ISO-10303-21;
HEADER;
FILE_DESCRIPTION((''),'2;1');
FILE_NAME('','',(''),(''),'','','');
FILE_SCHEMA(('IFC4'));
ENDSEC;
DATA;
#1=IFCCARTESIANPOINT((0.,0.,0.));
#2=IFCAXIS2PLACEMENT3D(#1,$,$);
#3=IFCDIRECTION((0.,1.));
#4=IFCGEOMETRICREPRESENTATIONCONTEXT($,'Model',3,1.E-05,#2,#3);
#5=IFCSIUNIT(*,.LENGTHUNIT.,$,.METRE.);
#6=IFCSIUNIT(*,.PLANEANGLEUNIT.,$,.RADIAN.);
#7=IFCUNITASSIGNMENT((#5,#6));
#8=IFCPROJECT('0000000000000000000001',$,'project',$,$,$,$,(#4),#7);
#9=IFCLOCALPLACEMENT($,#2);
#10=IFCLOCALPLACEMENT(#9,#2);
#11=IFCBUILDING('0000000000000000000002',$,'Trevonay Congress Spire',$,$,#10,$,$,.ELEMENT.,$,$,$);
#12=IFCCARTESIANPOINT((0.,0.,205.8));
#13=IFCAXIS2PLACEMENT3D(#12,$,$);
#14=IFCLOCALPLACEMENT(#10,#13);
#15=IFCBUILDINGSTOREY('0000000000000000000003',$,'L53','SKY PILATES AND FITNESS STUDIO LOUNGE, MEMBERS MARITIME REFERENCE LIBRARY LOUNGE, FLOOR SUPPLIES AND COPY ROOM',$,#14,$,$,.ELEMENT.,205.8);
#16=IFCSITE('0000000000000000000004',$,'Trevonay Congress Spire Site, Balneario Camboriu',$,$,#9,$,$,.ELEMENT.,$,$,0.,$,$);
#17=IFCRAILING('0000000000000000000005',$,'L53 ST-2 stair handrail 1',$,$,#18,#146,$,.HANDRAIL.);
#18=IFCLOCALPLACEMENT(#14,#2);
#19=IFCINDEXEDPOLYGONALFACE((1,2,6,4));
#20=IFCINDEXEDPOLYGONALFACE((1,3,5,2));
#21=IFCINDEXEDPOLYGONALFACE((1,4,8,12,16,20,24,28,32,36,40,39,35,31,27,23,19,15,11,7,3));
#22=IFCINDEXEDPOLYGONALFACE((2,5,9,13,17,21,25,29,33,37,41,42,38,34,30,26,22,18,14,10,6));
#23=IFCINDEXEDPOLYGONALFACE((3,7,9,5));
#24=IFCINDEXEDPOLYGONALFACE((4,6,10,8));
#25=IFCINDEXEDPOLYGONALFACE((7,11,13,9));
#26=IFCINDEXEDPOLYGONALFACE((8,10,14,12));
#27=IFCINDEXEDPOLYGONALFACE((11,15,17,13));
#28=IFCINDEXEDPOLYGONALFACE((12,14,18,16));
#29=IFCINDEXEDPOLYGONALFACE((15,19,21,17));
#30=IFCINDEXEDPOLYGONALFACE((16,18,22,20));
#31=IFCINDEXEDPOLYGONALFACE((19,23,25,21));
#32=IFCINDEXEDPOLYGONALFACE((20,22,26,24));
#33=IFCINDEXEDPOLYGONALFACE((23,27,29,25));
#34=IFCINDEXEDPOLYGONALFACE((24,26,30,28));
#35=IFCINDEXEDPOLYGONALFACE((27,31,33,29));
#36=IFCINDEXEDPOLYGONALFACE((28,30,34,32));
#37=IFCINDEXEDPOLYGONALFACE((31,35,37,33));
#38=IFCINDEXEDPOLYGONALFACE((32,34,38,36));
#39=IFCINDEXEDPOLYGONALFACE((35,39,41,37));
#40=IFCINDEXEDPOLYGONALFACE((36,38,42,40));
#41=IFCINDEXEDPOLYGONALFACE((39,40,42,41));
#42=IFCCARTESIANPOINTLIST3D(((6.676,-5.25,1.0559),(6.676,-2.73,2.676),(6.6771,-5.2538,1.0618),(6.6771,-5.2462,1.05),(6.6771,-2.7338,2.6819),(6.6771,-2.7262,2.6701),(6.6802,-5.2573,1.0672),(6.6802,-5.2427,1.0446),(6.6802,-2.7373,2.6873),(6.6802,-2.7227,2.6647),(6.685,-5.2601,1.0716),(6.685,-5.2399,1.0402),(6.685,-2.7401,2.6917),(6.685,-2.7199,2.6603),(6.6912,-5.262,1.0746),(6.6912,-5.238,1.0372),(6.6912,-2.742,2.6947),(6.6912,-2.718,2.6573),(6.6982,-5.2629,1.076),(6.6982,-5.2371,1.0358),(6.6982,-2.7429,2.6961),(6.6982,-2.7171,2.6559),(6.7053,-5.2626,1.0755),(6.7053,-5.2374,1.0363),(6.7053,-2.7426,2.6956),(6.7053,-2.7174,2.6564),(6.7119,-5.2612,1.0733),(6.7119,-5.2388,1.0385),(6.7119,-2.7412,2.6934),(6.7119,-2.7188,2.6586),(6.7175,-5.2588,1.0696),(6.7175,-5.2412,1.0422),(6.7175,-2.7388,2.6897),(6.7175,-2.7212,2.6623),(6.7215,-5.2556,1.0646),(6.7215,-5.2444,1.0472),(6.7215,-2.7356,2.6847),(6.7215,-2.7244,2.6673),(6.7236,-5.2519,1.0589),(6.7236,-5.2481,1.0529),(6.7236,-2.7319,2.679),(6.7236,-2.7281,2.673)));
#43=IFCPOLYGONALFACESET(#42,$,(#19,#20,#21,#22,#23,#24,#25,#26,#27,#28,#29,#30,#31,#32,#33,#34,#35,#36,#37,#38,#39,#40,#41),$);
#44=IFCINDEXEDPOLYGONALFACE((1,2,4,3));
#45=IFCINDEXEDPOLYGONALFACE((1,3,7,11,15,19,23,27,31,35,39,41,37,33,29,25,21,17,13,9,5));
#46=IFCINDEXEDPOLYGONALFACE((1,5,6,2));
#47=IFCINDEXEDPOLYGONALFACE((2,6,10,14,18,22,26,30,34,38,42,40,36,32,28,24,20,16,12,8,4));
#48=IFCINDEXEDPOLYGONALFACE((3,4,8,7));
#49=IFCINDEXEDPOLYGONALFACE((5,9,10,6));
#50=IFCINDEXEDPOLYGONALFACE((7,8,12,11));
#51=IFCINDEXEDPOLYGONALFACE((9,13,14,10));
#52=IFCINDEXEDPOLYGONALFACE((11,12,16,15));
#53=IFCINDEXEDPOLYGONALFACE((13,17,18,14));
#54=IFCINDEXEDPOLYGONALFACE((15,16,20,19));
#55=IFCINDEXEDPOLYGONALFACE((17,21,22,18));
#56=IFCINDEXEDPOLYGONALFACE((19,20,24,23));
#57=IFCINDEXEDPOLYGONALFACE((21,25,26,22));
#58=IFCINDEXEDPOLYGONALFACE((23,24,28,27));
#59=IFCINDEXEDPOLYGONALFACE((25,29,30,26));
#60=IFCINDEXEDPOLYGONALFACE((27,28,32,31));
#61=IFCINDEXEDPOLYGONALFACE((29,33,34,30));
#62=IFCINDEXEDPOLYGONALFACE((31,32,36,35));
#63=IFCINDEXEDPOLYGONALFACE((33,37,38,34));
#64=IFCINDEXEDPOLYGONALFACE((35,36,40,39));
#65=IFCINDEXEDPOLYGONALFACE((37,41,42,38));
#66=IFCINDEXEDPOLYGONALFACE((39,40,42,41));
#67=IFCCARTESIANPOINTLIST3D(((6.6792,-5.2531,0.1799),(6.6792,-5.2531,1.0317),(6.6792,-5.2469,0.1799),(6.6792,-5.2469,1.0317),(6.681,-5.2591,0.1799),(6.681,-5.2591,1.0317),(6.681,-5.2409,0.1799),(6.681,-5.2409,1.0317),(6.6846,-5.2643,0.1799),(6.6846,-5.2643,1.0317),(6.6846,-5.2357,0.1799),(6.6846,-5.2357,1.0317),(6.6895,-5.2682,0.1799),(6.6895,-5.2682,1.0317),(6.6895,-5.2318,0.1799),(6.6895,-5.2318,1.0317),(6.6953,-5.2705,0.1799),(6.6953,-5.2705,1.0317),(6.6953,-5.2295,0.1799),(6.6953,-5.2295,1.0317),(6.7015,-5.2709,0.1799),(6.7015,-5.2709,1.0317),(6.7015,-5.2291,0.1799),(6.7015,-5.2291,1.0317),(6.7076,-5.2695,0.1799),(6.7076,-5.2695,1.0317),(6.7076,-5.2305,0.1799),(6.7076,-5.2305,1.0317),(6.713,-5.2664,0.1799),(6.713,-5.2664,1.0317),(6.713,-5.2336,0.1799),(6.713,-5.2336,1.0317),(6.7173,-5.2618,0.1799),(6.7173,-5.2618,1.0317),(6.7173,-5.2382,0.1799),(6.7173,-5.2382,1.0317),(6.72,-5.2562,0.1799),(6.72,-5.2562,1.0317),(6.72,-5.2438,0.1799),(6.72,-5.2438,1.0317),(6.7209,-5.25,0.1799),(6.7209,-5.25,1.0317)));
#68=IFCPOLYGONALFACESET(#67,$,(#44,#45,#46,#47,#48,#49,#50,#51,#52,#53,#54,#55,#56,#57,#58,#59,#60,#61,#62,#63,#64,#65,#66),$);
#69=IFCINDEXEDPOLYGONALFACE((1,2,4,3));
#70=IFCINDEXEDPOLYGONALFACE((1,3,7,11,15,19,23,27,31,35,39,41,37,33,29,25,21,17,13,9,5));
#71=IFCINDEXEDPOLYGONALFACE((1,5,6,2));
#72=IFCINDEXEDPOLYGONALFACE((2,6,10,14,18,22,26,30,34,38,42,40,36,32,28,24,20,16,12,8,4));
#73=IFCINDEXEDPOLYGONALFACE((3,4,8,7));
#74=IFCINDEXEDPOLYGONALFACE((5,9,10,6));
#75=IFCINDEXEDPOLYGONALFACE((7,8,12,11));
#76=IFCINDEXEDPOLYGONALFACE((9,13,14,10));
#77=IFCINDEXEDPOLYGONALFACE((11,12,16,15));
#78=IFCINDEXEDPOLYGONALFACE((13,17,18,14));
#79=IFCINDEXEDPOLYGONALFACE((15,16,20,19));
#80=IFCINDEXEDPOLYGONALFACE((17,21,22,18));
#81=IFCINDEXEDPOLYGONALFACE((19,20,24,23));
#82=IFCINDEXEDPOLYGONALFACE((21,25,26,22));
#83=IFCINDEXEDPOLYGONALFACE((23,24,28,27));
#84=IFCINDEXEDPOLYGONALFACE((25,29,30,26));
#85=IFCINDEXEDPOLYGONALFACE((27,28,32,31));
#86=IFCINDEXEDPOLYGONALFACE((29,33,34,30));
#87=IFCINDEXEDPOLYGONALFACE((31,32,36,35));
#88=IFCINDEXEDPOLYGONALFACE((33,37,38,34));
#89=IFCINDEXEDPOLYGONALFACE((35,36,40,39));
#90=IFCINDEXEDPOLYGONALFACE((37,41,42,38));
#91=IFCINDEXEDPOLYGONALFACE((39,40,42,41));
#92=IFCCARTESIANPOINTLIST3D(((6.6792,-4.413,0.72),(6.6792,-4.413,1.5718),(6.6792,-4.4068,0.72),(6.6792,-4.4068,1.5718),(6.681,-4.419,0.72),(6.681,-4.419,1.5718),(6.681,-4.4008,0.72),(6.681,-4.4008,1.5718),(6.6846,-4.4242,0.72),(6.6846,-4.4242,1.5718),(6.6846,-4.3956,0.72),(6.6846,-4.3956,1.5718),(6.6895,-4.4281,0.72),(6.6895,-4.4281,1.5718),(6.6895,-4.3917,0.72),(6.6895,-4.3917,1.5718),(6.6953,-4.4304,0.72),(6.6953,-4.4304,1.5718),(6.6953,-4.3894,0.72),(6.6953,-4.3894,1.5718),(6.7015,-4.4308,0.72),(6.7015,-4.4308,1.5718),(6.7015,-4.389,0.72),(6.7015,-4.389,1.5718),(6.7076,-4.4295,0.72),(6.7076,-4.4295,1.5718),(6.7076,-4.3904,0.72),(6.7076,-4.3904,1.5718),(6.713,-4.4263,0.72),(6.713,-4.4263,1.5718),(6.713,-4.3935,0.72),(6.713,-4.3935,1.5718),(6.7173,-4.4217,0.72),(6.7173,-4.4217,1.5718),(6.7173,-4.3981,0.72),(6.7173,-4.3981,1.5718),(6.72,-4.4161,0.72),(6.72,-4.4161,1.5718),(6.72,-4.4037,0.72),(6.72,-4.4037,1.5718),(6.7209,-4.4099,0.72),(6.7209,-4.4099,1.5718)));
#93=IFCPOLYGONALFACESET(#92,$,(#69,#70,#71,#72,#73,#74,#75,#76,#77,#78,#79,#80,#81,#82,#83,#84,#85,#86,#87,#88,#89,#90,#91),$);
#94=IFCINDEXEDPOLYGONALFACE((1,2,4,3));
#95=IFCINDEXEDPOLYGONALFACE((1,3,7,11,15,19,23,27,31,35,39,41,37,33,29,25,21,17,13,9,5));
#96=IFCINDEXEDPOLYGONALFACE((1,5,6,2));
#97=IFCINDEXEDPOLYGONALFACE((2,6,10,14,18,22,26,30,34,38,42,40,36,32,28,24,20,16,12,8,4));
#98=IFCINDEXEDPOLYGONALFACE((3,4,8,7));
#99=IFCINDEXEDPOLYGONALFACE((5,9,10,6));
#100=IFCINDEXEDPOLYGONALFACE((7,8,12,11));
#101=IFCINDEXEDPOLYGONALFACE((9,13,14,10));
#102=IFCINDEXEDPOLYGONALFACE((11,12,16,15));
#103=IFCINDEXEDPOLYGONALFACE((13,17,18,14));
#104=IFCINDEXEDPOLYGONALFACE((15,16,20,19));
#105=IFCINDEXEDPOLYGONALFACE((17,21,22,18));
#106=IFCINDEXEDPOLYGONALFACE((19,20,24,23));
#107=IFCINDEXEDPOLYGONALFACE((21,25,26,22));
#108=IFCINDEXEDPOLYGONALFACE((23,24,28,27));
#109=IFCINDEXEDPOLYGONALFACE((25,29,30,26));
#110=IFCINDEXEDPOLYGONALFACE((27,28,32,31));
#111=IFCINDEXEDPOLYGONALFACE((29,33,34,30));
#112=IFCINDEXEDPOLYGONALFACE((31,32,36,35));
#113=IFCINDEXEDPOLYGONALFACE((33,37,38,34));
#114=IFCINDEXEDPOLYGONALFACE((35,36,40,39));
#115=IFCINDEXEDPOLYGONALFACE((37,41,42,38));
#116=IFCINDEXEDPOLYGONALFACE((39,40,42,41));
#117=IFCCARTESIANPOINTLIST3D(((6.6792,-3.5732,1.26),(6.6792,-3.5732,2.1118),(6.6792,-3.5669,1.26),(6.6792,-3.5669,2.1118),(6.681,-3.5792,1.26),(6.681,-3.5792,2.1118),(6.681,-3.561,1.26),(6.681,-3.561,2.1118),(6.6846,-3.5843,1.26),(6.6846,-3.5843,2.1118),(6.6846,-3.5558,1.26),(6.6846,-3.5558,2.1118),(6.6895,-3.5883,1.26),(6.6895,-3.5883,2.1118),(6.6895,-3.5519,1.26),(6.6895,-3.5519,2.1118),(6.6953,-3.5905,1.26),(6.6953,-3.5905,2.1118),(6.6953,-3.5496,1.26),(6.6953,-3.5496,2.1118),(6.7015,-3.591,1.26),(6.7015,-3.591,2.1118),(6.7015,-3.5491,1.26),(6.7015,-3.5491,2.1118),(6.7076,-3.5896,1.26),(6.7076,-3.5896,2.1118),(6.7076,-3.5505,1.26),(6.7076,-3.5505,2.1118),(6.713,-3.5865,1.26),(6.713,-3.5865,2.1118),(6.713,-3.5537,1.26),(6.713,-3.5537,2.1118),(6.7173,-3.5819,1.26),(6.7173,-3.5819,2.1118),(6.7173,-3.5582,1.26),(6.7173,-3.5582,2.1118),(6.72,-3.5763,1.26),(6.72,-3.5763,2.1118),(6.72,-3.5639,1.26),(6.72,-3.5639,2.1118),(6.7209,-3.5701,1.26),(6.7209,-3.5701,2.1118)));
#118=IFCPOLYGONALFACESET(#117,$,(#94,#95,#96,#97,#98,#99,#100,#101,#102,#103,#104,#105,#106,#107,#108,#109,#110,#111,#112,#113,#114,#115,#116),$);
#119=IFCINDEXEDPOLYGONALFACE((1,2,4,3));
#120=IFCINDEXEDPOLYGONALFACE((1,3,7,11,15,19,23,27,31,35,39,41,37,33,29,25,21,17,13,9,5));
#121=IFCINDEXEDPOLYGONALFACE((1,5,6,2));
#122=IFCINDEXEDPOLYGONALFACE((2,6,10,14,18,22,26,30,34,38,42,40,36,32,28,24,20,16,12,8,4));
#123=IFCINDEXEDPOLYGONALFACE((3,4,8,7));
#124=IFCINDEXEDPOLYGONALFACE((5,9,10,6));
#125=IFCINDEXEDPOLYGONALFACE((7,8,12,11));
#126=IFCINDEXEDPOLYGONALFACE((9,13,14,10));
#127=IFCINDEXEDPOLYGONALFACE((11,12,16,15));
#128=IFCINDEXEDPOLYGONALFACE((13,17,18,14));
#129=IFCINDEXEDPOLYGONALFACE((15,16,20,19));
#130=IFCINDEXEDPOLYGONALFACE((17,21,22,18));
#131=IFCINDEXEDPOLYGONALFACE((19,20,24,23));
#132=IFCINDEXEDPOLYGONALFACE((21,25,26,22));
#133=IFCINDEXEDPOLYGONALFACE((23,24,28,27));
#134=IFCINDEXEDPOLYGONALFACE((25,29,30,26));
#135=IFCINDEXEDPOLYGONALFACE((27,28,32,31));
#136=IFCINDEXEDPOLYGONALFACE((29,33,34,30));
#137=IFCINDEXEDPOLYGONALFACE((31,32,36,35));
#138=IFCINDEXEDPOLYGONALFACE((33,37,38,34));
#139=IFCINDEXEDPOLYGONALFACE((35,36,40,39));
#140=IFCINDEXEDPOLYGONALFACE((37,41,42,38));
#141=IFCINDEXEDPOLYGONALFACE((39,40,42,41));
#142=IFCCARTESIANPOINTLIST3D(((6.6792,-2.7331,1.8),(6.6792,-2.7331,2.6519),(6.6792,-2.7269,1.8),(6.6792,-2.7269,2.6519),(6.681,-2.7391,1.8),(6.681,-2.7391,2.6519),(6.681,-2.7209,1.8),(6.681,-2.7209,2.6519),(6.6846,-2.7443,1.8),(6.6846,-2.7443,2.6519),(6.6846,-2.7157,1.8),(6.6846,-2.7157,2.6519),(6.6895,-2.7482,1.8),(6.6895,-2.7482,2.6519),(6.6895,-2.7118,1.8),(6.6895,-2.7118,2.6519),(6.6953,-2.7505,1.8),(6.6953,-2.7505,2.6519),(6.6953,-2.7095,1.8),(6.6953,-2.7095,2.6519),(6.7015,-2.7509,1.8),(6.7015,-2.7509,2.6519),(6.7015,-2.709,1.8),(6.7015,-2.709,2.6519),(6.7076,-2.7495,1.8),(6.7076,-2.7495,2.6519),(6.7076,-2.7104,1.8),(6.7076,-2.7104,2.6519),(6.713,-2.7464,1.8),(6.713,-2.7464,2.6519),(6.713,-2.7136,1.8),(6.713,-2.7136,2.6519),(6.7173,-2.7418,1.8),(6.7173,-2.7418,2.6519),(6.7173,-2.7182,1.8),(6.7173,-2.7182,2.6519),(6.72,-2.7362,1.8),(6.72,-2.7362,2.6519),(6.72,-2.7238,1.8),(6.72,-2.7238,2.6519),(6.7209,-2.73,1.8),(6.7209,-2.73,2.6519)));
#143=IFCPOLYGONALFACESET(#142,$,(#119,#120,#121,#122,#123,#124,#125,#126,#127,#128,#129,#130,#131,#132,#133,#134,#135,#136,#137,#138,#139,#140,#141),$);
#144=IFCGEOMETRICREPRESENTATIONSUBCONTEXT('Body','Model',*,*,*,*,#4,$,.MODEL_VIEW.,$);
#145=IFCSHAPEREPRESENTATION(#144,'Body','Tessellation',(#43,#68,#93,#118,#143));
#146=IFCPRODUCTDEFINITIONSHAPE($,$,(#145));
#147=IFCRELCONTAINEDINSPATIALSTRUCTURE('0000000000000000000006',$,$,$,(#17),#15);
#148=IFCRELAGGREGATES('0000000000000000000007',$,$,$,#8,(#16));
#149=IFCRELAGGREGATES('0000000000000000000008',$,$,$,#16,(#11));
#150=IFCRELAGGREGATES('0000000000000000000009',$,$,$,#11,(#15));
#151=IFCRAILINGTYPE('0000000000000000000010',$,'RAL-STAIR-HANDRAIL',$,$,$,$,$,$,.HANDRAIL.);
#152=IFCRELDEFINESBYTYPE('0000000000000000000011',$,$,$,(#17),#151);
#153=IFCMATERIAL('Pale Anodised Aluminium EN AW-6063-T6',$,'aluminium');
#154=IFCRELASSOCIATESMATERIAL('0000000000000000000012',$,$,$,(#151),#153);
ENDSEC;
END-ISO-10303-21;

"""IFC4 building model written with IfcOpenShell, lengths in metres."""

from ifc_helpers import new_model, si_unit, direction, frame, origin, origin_2d, place, context, subcontext, project, spatial, circle, extrude, material, type_object, element, save


model = new_model("IFC4")

# Units and contexts
model_context = context("Model", 3, precision=1e-05, world=origin(), true_north=direction((0.0, 1.0)))
body_context = subcontext(model_context, "Body", "Model", "MODEL_VIEW")
ifc_project = project(units=[si_unit("LENGTHUNIT", "METRE"), si_unit("PLANEANGLEUNIT", "RADIAN")], contexts=[model_context])

# Site, building, storey
site_placement = place(None, origin())
site = spatial("IfcSite", under=ifc_project, at=site_placement, Name="Trevonay Congress Spire Site, Balneario Camboriu", CompositionType="ELEMENT", RefElevation=0.0)
building_placement = place(site_placement, origin())
building = spatial("IfcBuilding", under=site, at=building_placement, Name="Trevonay Congress Spire", CompositionType="ELEMENT")
storey_placement = place(building_placement, frame((0.0, 0.0, 205.8)))
storey = spatial("IfcBuildingStorey", under=building, at=storey_placement, Name="L53", Description="SKY PILATES AND FITNESS STUDIO LOUNGE, MEMBERS MARITIME REFERENCE LIBRARY LOUNGE, FLOOR SUPPLIES AND COPY ROOM", CompositionType="ELEMENT", Elevation=205.8)

# Railing
ifc_material_1 = material(Name="Pale Anodised Aluminium EN AW-6063-T6", Category="aluminium")
railing_type_1 = type_object("IfcRailingType", Name="RAL-STAIR-HANDRAIL", PredefinedType="HANDRAIL", material=ifc_material_1)
railing_1_placement = place(storey_placement, frame((6.7, -5.25, 0.1799)))
element("IfcRailing", 1, at=railing_1_placement, inside=storey, type_object=railing_type_1, Name="L53 ST-2 stair handrail 1", PredefinedType="HANDRAIL", context=body_context, shape_type="SweptSolid", body=[
    extrude(circle(Radius=0.0239, at=origin_2d()), frame((0.0, 0.0, 0.876), z_axis=(0.0, 0.841163, 0.540782), x_axis=(-1.0, 0.0, 0.0)), (0.0, 0.0, 1.0), 2.9958),
    extrude(circle(Radius=0.021, at=origin_2d()), origin(), (0.0, 0.0, 1.0), 0.8518),
    extrude(circle(Radius=0.021, at=origin_2d()), frame((0.0, 0.8401, 0.54)), (0.0, 0.0, 1.0), 0.8518),
    extrude(circle(Radius=0.021, at=origin_2d()), frame((0.0, 1.6799, 1.0801)), (0.0, 0.0, 1.0), 0.8518),
    extrude(circle(Radius=0.021, at=origin_2d()), frame((0.0, 2.52, 1.6201)), (0.0, 0.0, 1.0), 0.8518),
])

save(model, "model.ifc")
